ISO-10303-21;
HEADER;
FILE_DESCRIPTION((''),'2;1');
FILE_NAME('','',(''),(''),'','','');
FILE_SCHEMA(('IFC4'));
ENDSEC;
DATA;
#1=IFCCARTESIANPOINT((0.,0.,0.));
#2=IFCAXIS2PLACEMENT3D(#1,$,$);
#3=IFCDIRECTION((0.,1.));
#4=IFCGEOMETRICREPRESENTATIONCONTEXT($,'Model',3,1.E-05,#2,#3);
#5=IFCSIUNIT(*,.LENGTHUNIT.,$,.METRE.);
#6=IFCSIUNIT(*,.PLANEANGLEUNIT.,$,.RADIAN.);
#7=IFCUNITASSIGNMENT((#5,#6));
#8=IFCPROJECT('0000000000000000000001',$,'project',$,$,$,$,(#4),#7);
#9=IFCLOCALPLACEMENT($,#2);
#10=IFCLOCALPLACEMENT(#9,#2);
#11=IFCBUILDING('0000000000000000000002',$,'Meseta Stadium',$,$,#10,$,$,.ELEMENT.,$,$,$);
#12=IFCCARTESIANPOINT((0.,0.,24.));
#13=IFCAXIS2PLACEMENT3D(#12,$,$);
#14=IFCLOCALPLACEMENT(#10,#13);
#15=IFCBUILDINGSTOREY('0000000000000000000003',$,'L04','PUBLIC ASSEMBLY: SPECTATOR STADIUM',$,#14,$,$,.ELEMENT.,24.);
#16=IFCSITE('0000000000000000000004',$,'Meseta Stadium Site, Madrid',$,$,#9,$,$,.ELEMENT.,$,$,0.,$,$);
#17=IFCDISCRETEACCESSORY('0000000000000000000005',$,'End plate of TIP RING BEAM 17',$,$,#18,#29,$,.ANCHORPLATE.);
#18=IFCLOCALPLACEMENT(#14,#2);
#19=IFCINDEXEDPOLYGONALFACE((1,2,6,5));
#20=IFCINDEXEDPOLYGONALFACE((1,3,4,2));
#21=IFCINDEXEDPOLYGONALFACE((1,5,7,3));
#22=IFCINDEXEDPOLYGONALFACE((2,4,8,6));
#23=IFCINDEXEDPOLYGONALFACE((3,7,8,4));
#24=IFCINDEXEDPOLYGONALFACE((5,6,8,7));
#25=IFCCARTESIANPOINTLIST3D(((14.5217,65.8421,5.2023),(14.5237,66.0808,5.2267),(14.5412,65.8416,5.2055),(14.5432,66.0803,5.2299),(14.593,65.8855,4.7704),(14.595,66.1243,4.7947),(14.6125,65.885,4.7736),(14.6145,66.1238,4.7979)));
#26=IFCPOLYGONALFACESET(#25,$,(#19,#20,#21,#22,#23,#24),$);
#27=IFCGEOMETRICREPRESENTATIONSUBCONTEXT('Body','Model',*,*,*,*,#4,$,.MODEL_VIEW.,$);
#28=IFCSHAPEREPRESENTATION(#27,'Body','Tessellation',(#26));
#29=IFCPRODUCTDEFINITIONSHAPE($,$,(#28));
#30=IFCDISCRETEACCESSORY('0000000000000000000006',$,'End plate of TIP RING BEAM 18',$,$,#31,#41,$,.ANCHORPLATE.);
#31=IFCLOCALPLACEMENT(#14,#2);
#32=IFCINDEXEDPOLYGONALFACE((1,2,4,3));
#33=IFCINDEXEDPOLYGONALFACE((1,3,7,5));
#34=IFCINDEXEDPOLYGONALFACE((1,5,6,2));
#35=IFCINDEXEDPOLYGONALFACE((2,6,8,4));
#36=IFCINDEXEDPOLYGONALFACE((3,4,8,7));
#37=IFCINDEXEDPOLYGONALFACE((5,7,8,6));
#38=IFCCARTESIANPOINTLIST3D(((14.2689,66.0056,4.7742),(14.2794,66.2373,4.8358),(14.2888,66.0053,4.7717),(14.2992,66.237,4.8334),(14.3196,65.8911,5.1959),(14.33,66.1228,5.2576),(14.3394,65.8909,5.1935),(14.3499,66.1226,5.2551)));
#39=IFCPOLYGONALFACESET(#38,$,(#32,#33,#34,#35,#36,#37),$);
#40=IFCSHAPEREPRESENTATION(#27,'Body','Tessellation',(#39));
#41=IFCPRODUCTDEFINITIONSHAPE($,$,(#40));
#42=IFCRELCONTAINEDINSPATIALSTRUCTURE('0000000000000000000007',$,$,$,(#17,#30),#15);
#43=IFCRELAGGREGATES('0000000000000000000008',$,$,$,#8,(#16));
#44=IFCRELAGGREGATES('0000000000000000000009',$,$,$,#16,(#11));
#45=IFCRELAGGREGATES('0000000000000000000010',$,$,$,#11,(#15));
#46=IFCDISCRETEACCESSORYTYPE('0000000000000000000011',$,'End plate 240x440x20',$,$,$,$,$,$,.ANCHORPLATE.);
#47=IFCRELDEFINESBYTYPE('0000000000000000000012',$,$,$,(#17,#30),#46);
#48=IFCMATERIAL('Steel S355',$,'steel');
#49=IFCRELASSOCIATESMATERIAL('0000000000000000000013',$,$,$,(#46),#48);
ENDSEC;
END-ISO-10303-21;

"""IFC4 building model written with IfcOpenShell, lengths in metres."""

from ifc_helpers import new_model, si_unit, direction, frame, origin, origin_2d, place, context, subcontext, project, spatial, rectangle, extrude, material, material_profile, profile_set, type_object, element, save


model = new_model("IFC4")

# Units and contexts
model_context = context("Model", 3, precision=1e-05, world=origin(), true_north=direction((0.0, 1.0)))
body_context = subcontext(model_context, "Body", "Model", "MODEL_VIEW")
ifc_project = project(units=[si_unit("LENGTHUNIT", "METRE"), si_unit("PLANEANGLEUNIT", "RADIAN")], contexts=[model_context])

# Site, building, storey
site_placement = place(None, origin())
site = spatial("IfcSite", under=ifc_project, at=site_placement, Name="Meseta Stadium Site, Madrid", CompositionType="ELEMENT", RefElevation=0.0)
building_placement = place(site_placement, origin())
building = spatial("IfcBuilding", under=site, at=building_placement, Name="Meseta Stadium", CompositionType="ELEMENT")
storey_placement = place(building_placement, frame((0.0, 0.0, 24.0)))
storey = spatial("IfcBuildingStorey", under=building, at=storey_placement, Name="L04", Description="PUBLIC ASSEMBLY: SPECTATOR STADIUM", CompositionType="ELEMENT", Elevation=24.0)

# Discrete accessories
ifc_material_1 = material(Name="Steel S355", Category="steel")
ifc_material_profile_1 = material_profile(ifc_material_1, rectangle(XDim=0.24, YDim=0.4399, at=origin_2d()), Name="PL 240x440")
ifc_profile_set_1 = profile_set([ifc_material_profile_1], Name="Steel S355")
discrete_accessory_type_1 = type_object("IfcDiscreteAccessoryType", Name="End plate 240x440x20", PredefinedType="ANCHORPLATE", material=ifc_profile_set_1)
discrete_accessory_1_placement = place(storey_placement, frame((14.5779, 65.9827, 5.0017), z_axis=(-0.986752, 0.024669, -0.160347), x_axis=(-0.008381, -0.994803, -0.101474)))
element("IfcDiscreteAccessory", 1, at=discrete_accessory_1_placement, inside=storey, type_object=discrete_accessory_type_1, Name="End plate of TIP RING BEAM 17", PredefinedType="ANCHORPLATE", context=body_context, shape_type="SweptSolid", body=[
    extrude(rectangle(XDim=0.24, YDim=0.4399, at=origin_2d()), origin(), (0.0, 0.0, 1.0), 0.0198),
])
discrete_accessory_2_placement = place(storey_placement, frame((14.3193, 66.064, 5.0134), z_axis=(-0.992391, 0.012252, 0.122517), x_axis=(-0.043621, -0.965484, -0.256785)))
element("IfcDiscreteAccessory", 2, at=discrete_accessory_2_placement, inside=storey, type_object=discrete_accessory_type_1, Name="End plate of TIP RING BEAM 18", PredefinedType="ANCHORPLATE", context=body_context, shape_type="SweptSolid", body=[
    extrude(rectangle(XDim=0.24, YDim=0.4399, at=origin_2d()), origin(), (0.0, 0.0, 1.0), 0.02),
])

save(model, "model.ifc")
